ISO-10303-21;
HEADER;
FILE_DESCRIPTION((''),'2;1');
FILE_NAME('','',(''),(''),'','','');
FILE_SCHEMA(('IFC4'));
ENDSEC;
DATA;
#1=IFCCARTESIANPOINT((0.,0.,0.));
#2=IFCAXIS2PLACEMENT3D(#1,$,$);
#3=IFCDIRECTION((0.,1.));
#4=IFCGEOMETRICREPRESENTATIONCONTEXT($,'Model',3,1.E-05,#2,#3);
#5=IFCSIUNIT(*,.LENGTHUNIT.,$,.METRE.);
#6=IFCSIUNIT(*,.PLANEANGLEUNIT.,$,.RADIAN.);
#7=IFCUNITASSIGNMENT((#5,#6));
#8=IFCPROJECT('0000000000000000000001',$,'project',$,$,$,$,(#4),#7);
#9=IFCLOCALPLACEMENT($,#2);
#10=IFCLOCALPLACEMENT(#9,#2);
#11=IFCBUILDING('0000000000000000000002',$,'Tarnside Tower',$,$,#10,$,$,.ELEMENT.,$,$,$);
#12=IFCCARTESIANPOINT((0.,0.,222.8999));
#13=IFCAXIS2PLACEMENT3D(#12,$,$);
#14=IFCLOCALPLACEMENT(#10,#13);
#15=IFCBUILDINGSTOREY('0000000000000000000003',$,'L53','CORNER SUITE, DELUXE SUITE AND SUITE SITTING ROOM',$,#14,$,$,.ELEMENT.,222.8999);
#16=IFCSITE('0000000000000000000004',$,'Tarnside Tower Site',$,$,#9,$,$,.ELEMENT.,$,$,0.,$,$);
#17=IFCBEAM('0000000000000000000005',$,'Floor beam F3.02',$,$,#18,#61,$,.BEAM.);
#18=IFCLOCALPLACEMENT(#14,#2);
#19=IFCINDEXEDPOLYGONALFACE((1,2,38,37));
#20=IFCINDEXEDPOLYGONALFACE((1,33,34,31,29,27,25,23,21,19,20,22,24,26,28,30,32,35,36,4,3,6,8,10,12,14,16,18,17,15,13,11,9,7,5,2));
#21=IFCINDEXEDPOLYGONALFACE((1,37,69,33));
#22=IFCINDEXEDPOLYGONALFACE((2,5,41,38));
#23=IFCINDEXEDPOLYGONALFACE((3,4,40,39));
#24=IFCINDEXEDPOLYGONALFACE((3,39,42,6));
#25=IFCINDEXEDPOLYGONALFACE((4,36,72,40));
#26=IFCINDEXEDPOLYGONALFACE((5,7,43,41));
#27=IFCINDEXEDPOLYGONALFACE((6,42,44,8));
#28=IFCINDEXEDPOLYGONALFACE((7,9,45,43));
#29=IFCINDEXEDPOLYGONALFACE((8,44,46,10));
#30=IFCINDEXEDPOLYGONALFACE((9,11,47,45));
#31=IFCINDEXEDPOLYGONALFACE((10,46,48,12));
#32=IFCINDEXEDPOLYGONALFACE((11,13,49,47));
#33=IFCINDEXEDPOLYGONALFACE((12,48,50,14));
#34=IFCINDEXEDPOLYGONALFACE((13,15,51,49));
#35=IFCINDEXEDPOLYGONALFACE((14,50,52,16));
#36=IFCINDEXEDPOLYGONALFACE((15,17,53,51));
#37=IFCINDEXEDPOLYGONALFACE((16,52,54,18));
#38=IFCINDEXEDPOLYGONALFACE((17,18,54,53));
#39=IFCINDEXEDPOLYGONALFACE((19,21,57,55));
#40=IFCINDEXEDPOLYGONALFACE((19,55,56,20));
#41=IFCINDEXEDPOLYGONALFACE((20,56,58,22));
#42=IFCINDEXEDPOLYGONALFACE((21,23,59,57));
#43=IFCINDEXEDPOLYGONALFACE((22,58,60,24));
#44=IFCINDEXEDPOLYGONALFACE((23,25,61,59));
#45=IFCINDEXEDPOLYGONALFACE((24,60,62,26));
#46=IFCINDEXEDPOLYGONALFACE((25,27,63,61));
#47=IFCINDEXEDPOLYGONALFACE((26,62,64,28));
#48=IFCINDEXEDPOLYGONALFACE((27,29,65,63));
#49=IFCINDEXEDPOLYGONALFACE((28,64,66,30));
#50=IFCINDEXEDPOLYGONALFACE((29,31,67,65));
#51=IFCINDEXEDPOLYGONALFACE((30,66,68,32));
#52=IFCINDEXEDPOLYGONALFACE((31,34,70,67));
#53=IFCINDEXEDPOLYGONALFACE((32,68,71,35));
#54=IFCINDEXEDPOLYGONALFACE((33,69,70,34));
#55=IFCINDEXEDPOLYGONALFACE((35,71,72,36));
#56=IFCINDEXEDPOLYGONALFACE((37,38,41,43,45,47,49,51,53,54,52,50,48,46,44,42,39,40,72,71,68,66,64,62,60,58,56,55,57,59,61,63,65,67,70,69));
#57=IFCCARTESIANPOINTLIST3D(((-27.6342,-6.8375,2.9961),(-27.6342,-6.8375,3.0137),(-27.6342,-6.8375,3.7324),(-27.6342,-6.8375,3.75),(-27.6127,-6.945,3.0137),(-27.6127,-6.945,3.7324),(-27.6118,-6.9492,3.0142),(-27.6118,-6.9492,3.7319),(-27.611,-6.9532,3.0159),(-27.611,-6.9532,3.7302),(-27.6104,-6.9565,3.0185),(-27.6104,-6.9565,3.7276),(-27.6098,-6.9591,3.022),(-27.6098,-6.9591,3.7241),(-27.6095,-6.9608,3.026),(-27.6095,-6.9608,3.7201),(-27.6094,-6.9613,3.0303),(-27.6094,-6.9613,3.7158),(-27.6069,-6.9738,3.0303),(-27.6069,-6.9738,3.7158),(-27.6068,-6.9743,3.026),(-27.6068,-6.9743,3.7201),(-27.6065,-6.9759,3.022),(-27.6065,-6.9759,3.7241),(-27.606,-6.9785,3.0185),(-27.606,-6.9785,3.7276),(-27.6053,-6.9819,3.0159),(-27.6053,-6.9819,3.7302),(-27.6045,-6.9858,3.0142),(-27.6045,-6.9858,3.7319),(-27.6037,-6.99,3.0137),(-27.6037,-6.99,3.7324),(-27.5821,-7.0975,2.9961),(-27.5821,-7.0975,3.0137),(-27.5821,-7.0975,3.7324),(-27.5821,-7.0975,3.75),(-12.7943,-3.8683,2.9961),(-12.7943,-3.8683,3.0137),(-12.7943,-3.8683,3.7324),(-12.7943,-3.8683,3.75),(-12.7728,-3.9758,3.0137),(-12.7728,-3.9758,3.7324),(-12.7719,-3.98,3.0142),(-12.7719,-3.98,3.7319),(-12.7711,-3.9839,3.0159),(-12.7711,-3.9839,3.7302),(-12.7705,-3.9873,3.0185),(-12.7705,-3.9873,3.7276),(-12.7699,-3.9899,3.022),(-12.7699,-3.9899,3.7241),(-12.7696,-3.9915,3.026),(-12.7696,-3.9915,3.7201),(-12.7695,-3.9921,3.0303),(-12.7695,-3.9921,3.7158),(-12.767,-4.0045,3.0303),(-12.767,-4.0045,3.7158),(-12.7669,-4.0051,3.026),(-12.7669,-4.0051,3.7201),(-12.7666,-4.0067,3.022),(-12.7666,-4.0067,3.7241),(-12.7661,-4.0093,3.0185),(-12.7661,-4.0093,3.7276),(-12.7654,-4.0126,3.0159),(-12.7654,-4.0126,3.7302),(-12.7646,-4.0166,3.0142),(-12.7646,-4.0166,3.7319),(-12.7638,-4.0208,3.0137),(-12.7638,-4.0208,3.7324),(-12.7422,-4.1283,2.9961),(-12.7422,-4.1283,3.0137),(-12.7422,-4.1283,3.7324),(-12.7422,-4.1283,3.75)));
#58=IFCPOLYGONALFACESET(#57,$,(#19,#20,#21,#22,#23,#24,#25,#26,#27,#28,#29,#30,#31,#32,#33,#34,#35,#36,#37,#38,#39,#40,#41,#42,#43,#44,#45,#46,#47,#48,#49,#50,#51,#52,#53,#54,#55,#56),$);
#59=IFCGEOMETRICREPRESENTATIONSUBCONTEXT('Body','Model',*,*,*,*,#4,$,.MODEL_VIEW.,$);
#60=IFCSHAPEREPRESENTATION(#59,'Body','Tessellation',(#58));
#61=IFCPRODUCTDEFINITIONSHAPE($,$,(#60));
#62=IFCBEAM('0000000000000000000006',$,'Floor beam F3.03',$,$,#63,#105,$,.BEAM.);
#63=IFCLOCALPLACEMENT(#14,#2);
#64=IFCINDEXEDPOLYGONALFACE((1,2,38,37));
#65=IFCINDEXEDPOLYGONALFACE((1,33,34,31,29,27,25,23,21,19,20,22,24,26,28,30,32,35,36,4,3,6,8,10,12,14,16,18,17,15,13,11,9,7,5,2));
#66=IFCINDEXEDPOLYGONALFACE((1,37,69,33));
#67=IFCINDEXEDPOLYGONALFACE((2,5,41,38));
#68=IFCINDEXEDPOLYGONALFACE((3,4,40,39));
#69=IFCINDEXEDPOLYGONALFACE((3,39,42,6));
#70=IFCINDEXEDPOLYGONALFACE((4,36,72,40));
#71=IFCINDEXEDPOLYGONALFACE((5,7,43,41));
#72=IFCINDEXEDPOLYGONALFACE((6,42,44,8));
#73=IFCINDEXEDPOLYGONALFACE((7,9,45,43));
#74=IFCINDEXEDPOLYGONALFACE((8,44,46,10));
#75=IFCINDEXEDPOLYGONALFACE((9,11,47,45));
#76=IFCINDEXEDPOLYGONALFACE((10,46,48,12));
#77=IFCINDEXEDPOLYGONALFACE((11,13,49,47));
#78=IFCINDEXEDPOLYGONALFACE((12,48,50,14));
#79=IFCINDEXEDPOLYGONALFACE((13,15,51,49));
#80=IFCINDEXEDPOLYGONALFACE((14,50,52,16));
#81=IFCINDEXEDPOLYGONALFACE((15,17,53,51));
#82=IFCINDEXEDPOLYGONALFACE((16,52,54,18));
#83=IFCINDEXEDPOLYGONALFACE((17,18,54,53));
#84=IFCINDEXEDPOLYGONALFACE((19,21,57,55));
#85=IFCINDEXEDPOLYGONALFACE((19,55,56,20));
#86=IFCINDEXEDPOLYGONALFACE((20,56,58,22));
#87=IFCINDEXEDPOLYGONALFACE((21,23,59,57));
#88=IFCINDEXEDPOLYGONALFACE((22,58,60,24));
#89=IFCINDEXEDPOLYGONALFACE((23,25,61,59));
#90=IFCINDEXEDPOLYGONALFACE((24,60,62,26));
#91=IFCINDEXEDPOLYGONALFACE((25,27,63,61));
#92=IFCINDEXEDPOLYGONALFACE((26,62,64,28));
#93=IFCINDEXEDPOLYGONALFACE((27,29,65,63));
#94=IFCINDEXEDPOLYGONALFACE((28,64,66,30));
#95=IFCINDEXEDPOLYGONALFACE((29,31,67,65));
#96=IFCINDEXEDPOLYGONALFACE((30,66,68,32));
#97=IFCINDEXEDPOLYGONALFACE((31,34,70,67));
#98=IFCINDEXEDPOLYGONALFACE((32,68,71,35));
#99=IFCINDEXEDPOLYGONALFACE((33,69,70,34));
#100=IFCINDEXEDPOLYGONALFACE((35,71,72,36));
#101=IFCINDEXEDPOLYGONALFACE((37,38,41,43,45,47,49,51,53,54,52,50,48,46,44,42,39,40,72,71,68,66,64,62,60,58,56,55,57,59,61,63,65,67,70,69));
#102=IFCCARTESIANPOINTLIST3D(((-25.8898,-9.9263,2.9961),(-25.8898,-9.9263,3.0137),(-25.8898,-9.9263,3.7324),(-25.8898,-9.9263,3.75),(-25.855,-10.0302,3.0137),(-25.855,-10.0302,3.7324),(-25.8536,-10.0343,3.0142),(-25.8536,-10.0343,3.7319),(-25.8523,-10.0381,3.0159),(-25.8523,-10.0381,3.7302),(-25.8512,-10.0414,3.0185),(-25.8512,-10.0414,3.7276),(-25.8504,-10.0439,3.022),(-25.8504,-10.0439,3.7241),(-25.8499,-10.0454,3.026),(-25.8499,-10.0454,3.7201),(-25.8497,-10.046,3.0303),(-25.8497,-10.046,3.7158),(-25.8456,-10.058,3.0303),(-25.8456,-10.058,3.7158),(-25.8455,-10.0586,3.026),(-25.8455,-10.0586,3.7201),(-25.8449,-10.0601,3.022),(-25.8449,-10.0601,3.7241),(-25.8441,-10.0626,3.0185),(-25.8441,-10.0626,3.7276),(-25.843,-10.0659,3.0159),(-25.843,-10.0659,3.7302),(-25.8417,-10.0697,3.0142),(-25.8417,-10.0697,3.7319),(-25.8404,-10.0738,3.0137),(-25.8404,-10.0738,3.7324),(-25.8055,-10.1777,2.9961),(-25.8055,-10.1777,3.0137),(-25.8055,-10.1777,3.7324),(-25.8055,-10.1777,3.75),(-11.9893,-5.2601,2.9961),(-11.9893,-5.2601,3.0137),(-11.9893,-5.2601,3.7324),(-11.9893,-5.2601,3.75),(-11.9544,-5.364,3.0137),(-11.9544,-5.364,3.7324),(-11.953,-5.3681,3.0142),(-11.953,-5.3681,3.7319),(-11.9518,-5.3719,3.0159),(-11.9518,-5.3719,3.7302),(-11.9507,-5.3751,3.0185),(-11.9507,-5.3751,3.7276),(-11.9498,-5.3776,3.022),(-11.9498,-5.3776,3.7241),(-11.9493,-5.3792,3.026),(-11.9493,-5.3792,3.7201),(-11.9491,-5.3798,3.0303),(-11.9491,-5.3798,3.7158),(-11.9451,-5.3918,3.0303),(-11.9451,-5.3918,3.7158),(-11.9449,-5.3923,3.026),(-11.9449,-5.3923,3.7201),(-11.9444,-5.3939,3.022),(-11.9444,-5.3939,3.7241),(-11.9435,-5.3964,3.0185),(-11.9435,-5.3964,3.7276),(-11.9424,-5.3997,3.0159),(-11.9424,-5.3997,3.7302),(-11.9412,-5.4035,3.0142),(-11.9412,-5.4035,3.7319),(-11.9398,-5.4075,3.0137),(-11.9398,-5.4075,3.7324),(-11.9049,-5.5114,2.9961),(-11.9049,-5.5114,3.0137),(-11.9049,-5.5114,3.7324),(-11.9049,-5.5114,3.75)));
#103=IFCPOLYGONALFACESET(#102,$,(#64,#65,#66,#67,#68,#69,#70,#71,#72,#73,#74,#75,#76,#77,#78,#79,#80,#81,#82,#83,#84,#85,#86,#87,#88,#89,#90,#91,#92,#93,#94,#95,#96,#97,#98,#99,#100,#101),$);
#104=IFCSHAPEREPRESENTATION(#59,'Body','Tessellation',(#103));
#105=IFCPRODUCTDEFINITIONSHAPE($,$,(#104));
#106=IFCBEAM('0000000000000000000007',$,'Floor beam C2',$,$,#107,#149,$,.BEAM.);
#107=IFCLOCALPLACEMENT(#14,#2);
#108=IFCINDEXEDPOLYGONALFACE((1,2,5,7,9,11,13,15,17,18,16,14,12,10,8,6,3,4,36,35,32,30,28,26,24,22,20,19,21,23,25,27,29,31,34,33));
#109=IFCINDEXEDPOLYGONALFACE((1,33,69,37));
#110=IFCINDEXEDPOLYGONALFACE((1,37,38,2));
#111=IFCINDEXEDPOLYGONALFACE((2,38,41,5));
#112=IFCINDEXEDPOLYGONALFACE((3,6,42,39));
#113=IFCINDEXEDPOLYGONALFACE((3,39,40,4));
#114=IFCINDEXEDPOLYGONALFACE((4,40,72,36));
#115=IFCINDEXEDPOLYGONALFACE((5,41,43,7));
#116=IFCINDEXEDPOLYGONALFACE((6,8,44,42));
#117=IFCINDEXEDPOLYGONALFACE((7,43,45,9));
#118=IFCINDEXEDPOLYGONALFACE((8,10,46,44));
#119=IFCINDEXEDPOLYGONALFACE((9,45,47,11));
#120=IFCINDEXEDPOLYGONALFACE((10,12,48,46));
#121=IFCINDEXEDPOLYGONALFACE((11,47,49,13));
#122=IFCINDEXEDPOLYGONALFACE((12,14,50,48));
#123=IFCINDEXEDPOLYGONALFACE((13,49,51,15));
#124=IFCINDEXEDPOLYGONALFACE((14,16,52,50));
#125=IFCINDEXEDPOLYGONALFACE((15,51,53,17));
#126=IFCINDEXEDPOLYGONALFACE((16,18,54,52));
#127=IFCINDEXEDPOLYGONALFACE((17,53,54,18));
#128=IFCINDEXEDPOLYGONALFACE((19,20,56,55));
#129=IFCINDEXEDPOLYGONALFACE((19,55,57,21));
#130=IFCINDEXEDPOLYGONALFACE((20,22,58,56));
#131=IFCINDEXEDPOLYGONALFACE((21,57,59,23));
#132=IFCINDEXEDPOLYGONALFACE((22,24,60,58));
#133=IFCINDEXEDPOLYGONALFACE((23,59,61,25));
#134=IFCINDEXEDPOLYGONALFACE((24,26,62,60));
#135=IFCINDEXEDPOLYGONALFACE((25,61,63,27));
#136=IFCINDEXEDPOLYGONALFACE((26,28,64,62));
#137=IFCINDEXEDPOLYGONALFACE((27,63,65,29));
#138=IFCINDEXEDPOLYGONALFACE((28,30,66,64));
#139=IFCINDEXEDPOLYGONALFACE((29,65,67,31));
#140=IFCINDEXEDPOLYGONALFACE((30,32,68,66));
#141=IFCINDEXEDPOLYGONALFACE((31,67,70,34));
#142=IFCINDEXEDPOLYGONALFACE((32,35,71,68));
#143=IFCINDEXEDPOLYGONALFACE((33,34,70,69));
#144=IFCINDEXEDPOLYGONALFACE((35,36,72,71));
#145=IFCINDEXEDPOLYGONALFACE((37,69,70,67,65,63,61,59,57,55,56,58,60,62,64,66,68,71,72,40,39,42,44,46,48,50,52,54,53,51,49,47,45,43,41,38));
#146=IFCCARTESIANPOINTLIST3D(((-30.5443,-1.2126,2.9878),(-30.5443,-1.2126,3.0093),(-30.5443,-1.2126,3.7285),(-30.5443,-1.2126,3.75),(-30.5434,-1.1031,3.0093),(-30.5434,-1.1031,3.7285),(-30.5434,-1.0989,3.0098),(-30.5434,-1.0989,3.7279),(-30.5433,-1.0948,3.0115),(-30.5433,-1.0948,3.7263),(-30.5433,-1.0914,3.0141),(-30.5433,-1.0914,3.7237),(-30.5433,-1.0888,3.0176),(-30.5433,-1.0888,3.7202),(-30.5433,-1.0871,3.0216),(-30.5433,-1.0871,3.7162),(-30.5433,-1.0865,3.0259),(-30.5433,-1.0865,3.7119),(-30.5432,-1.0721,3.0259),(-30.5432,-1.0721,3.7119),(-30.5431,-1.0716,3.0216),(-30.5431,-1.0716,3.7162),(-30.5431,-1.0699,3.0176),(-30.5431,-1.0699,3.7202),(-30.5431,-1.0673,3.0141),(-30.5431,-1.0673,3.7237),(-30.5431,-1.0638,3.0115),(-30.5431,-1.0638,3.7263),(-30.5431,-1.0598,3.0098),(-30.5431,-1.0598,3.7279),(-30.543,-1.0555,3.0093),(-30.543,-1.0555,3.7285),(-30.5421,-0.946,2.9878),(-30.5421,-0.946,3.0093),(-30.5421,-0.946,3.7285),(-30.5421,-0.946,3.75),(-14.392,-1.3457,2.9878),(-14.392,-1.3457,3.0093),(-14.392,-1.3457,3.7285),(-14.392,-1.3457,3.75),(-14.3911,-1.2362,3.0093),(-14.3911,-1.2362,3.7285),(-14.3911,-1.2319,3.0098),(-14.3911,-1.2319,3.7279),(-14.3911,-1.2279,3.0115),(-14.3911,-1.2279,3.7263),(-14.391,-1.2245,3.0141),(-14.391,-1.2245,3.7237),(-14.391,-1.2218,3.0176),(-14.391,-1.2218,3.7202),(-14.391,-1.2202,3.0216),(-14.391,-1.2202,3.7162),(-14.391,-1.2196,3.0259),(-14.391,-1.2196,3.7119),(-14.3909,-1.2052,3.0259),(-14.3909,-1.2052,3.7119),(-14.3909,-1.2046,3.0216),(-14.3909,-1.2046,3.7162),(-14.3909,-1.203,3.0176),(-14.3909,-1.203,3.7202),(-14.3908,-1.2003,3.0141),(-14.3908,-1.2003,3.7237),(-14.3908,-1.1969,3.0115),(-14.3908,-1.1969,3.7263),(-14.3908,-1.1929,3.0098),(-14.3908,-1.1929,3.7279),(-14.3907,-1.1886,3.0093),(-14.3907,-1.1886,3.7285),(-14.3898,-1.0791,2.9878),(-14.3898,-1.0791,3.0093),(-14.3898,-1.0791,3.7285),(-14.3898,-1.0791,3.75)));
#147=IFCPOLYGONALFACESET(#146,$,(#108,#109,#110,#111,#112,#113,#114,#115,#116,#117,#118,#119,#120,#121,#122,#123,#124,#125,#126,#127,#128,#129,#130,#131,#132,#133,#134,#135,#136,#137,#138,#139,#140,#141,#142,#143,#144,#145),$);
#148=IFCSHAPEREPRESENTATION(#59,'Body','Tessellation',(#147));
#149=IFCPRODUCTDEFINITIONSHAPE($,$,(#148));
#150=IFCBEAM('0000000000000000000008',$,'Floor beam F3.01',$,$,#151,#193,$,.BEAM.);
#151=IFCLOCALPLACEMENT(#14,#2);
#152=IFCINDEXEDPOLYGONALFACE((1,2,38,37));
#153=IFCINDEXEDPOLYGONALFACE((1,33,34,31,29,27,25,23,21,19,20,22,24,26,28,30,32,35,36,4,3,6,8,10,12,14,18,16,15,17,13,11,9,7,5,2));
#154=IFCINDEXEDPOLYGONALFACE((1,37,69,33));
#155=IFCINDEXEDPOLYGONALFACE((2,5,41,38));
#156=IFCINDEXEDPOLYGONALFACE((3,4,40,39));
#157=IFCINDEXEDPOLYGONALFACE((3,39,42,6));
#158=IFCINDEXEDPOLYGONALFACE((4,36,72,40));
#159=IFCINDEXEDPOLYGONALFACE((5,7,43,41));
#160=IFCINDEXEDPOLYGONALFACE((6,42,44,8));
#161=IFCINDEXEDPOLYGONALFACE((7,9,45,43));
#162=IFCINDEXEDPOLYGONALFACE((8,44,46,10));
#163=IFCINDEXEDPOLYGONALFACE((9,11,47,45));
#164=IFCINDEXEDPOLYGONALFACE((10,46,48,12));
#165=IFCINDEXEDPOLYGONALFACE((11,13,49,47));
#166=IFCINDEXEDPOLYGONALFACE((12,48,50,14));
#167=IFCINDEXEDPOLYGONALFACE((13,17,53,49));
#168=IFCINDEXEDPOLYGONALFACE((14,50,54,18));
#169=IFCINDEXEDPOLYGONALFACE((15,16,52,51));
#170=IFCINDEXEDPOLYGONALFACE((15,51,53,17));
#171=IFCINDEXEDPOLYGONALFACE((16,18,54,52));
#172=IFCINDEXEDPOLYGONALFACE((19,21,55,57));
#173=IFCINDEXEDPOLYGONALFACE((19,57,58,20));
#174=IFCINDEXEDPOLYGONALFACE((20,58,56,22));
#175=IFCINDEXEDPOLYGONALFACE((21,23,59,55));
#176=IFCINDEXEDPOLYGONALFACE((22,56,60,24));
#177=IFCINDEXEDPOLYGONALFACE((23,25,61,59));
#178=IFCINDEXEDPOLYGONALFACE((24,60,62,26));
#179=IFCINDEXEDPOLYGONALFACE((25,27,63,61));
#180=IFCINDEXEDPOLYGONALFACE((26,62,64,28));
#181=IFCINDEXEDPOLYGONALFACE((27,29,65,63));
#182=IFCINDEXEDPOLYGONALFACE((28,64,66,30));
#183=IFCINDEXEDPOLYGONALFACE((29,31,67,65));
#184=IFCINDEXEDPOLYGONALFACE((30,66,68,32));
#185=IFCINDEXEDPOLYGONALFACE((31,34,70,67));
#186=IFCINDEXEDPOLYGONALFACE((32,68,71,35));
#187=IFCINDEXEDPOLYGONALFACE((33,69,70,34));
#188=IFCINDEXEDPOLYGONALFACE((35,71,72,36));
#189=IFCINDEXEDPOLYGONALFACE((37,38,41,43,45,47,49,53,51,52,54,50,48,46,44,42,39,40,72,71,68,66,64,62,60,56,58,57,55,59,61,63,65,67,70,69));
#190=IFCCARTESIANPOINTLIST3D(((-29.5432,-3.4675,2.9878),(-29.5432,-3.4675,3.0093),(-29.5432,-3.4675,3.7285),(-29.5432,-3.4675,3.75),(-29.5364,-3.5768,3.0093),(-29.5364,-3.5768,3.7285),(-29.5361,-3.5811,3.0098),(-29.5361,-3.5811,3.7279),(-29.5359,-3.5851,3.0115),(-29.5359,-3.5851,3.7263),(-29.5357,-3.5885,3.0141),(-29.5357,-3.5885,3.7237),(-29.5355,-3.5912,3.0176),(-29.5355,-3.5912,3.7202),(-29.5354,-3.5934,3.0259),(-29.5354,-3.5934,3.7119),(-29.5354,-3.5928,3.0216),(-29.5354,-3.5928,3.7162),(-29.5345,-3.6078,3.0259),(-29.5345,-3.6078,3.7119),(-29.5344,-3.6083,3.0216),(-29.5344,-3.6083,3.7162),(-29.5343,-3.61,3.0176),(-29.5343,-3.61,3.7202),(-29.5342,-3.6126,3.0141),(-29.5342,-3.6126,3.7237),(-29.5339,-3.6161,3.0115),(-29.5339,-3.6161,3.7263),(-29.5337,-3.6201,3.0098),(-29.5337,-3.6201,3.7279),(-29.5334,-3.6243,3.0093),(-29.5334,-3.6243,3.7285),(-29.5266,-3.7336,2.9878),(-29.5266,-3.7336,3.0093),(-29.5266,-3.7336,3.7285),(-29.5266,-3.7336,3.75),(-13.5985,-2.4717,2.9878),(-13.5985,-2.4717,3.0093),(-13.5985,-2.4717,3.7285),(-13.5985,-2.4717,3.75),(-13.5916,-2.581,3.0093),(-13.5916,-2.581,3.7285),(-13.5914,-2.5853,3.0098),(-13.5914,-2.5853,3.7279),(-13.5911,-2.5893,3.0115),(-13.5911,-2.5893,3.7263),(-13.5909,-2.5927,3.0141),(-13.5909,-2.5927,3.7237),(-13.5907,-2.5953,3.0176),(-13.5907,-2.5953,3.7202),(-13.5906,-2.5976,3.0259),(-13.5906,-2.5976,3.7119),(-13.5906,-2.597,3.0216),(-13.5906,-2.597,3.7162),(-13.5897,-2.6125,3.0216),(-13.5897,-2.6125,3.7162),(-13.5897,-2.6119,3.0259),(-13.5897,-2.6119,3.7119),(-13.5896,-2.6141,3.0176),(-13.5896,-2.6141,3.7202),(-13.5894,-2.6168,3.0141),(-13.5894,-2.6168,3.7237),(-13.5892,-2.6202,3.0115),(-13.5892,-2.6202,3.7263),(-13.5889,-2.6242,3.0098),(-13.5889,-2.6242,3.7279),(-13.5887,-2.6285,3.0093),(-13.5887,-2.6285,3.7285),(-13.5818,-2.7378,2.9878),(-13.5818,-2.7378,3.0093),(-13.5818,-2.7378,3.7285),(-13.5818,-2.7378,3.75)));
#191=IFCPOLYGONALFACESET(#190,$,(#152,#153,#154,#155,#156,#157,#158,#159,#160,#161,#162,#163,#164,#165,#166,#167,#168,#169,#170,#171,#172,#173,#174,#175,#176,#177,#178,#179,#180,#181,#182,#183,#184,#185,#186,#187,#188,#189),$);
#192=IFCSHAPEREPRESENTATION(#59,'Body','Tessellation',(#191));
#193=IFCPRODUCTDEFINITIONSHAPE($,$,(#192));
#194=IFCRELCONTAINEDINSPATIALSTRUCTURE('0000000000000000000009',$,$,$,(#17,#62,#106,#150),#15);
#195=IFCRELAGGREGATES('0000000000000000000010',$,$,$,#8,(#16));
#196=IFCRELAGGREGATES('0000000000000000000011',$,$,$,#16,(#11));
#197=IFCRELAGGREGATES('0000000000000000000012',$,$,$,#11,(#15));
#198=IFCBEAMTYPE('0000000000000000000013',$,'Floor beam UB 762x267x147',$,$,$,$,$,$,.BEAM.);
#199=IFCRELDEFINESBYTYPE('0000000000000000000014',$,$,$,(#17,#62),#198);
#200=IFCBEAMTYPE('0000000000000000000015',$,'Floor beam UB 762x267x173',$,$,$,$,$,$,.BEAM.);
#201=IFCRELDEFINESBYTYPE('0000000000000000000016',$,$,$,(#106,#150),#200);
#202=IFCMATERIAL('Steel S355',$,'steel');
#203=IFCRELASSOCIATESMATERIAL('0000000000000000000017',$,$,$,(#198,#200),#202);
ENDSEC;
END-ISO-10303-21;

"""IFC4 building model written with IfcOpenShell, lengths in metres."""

from ifc_helpers import new_model, si_unit, direction, frame, origin, origin_2d, place, context, subcontext, project, spatial, i_section, extrude, material, material_profile, profile_set, type_object, element, save


model = new_model("IFC4")

# Units and contexts
model_context = context("Model", 3, precision=1e-05, world=origin(), true_north=direction((0.0, 1.0)))
body_context = subcontext(model_context, "Body", "Model", "MODEL_VIEW")
ifc_project = project(units=[si_unit("LENGTHUNIT", "METRE"), si_unit("PLANEANGLEUNIT", "RADIAN")], contexts=[model_context])

# Site, building, storey
site_placement = place(None, origin())
site = spatial("IfcSite", under=ifc_project, at=site_placement, Name="Tarnside Tower Site", CompositionType="ELEMENT", RefElevation=0.0)
building_placement = place(site_placement, origin())
building = spatial("IfcBuilding", under=site, at=building_placement, Name="Tarnside Tower", CompositionType="ELEMENT")
storey_placement = place(building_placement, frame((0.0, 0.0, 222.8999)))
storey = spatial("IfcBuildingStorey", under=building, at=storey_placement, Name="L53", Description="CORNER SUITE, DELUXE SUITE AND SUITE SITTING ROOM", CompositionType="ELEMENT", Elevation=222.8999)

# Beams
ifc_material_1 = material(Name="Steel S355", Category="steel")
ifc_material_profile_1 = material_profile(ifc_material_1, i_section(OverallWidth=0.2651, OverallDepth=0.7539, WebThickness=0.0127, FlangeThickness=0.0176, FilletRadius=0.0166, at=origin_2d()), Name="UB 762x267x147")
ifc_profile_set_1 = profile_set([ifc_material_profile_1], Name="Steel S355")
beam_type_1 = type_object("IfcBeamType", Name="Floor beam UB 762x267x147", PredefinedType="BEAM", material=ifc_profile_set_1)
beam_1_placement = place(storey_placement, frame((-27.6082, -6.9675, 3.373), z_axis=(0.980565, 0.196197, 0.0), x_axis=(-0.196197, 0.980565, 0.0)))
element("IfcBeam", 1, at=beam_1_placement, inside=storey, type_object=beam_type_1, Name="Floor beam F3.02", PredefinedType="BEAM", context=body_context, shape_type="SweptSolid", body=[
    extrude(i_section(OverallWidth=0.2651, OverallDepth=0.7539, WebThickness=0.0127, FlangeThickness=0.0176, FilletRadius=0.0166, at=origin_2d()), origin(), (0.0, 0.0, 1.0), 15.134),
])
beam_2_placement = place(storey_placement, frame((-25.8477, -10.052, 3.373), z_axis=(0.948012, 0.318235, 0.0), x_axis=(-0.318235, 0.948012, 0.0)))
element("IfcBeam", 2, at=beam_2_placement, inside=storey, type_object=beam_type_1, Name="Floor beam F3.03", PredefinedType="BEAM", context=body_context, shape_type="SweptSolid", body=[
    extrude(i_section(OverallWidth=0.2651, OverallDepth=0.7539, WebThickness=0.0127, FlangeThickness=0.0176, FilletRadius=0.0166, at=origin_2d()), origin(), (0.0, 0.0, 1.0), 14.6628),
])
ifc_material_profile_2 = material_profile(ifc_material_1, i_section(OverallWidth=0.2666, OverallDepth=0.7622, WebThickness=0.0144, FlangeThickness=0.0215, FilletRadius=0.0166, at=origin_2d()), Name="UB 762x267x173")
ifc_profile_set_2 = profile_set([ifc_material_profile_2], Name="Steel S355")
beam_type_2 = type_object("IfcBeamType", Name="Floor beam UB 762x267x173", PredefinedType="BEAM", material=ifc_profile_set_2)
beam_3_placement = place(storey_placement, frame((-30.5432, -1.0793, 3.3689), z_axis=(0.999966, -0.008237, 0.0), x_axis=(0.008237, 0.999966, 0.0)))
element("IfcBeam", 3, at=beam_3_placement, inside=storey, type_object=beam_type_2, Name="Floor beam C2", PredefinedType="BEAM", context=body_context, shape_type="SweptSolid", body=[
    extrude(i_section(OverallWidth=0.2666, OverallDepth=0.7622, WebThickness=0.0144, FlangeThickness=0.0215, FilletRadius=0.0166, at=origin_2d()), origin(), (0.0, 0.0, 1.0), 16.1528),
])
beam_4_placement = place(storey_placement, frame((-29.5349, -3.6006, 3.3689), z_axis=(0.998055, 0.062335, 0.0), x_axis=(-0.062335, 0.998055, 0.0)))
element("IfcBeam", 4, at=beam_4_placement, inside=storey, type_object=beam_type_2, Name="Floor beam F3.01", PredefinedType="BEAM", context=body_context, shape_type="SweptSolid", body=[
    extrude(i_section(OverallWidth=0.2666, OverallDepth=0.7622, WebThickness=0.0144, FlangeThickness=0.0215, FilletRadius=0.0166, at=origin_2d()), origin(), (0.0, 0.0, 1.0), 15.9758),
])

save(model, "model.ifc")
